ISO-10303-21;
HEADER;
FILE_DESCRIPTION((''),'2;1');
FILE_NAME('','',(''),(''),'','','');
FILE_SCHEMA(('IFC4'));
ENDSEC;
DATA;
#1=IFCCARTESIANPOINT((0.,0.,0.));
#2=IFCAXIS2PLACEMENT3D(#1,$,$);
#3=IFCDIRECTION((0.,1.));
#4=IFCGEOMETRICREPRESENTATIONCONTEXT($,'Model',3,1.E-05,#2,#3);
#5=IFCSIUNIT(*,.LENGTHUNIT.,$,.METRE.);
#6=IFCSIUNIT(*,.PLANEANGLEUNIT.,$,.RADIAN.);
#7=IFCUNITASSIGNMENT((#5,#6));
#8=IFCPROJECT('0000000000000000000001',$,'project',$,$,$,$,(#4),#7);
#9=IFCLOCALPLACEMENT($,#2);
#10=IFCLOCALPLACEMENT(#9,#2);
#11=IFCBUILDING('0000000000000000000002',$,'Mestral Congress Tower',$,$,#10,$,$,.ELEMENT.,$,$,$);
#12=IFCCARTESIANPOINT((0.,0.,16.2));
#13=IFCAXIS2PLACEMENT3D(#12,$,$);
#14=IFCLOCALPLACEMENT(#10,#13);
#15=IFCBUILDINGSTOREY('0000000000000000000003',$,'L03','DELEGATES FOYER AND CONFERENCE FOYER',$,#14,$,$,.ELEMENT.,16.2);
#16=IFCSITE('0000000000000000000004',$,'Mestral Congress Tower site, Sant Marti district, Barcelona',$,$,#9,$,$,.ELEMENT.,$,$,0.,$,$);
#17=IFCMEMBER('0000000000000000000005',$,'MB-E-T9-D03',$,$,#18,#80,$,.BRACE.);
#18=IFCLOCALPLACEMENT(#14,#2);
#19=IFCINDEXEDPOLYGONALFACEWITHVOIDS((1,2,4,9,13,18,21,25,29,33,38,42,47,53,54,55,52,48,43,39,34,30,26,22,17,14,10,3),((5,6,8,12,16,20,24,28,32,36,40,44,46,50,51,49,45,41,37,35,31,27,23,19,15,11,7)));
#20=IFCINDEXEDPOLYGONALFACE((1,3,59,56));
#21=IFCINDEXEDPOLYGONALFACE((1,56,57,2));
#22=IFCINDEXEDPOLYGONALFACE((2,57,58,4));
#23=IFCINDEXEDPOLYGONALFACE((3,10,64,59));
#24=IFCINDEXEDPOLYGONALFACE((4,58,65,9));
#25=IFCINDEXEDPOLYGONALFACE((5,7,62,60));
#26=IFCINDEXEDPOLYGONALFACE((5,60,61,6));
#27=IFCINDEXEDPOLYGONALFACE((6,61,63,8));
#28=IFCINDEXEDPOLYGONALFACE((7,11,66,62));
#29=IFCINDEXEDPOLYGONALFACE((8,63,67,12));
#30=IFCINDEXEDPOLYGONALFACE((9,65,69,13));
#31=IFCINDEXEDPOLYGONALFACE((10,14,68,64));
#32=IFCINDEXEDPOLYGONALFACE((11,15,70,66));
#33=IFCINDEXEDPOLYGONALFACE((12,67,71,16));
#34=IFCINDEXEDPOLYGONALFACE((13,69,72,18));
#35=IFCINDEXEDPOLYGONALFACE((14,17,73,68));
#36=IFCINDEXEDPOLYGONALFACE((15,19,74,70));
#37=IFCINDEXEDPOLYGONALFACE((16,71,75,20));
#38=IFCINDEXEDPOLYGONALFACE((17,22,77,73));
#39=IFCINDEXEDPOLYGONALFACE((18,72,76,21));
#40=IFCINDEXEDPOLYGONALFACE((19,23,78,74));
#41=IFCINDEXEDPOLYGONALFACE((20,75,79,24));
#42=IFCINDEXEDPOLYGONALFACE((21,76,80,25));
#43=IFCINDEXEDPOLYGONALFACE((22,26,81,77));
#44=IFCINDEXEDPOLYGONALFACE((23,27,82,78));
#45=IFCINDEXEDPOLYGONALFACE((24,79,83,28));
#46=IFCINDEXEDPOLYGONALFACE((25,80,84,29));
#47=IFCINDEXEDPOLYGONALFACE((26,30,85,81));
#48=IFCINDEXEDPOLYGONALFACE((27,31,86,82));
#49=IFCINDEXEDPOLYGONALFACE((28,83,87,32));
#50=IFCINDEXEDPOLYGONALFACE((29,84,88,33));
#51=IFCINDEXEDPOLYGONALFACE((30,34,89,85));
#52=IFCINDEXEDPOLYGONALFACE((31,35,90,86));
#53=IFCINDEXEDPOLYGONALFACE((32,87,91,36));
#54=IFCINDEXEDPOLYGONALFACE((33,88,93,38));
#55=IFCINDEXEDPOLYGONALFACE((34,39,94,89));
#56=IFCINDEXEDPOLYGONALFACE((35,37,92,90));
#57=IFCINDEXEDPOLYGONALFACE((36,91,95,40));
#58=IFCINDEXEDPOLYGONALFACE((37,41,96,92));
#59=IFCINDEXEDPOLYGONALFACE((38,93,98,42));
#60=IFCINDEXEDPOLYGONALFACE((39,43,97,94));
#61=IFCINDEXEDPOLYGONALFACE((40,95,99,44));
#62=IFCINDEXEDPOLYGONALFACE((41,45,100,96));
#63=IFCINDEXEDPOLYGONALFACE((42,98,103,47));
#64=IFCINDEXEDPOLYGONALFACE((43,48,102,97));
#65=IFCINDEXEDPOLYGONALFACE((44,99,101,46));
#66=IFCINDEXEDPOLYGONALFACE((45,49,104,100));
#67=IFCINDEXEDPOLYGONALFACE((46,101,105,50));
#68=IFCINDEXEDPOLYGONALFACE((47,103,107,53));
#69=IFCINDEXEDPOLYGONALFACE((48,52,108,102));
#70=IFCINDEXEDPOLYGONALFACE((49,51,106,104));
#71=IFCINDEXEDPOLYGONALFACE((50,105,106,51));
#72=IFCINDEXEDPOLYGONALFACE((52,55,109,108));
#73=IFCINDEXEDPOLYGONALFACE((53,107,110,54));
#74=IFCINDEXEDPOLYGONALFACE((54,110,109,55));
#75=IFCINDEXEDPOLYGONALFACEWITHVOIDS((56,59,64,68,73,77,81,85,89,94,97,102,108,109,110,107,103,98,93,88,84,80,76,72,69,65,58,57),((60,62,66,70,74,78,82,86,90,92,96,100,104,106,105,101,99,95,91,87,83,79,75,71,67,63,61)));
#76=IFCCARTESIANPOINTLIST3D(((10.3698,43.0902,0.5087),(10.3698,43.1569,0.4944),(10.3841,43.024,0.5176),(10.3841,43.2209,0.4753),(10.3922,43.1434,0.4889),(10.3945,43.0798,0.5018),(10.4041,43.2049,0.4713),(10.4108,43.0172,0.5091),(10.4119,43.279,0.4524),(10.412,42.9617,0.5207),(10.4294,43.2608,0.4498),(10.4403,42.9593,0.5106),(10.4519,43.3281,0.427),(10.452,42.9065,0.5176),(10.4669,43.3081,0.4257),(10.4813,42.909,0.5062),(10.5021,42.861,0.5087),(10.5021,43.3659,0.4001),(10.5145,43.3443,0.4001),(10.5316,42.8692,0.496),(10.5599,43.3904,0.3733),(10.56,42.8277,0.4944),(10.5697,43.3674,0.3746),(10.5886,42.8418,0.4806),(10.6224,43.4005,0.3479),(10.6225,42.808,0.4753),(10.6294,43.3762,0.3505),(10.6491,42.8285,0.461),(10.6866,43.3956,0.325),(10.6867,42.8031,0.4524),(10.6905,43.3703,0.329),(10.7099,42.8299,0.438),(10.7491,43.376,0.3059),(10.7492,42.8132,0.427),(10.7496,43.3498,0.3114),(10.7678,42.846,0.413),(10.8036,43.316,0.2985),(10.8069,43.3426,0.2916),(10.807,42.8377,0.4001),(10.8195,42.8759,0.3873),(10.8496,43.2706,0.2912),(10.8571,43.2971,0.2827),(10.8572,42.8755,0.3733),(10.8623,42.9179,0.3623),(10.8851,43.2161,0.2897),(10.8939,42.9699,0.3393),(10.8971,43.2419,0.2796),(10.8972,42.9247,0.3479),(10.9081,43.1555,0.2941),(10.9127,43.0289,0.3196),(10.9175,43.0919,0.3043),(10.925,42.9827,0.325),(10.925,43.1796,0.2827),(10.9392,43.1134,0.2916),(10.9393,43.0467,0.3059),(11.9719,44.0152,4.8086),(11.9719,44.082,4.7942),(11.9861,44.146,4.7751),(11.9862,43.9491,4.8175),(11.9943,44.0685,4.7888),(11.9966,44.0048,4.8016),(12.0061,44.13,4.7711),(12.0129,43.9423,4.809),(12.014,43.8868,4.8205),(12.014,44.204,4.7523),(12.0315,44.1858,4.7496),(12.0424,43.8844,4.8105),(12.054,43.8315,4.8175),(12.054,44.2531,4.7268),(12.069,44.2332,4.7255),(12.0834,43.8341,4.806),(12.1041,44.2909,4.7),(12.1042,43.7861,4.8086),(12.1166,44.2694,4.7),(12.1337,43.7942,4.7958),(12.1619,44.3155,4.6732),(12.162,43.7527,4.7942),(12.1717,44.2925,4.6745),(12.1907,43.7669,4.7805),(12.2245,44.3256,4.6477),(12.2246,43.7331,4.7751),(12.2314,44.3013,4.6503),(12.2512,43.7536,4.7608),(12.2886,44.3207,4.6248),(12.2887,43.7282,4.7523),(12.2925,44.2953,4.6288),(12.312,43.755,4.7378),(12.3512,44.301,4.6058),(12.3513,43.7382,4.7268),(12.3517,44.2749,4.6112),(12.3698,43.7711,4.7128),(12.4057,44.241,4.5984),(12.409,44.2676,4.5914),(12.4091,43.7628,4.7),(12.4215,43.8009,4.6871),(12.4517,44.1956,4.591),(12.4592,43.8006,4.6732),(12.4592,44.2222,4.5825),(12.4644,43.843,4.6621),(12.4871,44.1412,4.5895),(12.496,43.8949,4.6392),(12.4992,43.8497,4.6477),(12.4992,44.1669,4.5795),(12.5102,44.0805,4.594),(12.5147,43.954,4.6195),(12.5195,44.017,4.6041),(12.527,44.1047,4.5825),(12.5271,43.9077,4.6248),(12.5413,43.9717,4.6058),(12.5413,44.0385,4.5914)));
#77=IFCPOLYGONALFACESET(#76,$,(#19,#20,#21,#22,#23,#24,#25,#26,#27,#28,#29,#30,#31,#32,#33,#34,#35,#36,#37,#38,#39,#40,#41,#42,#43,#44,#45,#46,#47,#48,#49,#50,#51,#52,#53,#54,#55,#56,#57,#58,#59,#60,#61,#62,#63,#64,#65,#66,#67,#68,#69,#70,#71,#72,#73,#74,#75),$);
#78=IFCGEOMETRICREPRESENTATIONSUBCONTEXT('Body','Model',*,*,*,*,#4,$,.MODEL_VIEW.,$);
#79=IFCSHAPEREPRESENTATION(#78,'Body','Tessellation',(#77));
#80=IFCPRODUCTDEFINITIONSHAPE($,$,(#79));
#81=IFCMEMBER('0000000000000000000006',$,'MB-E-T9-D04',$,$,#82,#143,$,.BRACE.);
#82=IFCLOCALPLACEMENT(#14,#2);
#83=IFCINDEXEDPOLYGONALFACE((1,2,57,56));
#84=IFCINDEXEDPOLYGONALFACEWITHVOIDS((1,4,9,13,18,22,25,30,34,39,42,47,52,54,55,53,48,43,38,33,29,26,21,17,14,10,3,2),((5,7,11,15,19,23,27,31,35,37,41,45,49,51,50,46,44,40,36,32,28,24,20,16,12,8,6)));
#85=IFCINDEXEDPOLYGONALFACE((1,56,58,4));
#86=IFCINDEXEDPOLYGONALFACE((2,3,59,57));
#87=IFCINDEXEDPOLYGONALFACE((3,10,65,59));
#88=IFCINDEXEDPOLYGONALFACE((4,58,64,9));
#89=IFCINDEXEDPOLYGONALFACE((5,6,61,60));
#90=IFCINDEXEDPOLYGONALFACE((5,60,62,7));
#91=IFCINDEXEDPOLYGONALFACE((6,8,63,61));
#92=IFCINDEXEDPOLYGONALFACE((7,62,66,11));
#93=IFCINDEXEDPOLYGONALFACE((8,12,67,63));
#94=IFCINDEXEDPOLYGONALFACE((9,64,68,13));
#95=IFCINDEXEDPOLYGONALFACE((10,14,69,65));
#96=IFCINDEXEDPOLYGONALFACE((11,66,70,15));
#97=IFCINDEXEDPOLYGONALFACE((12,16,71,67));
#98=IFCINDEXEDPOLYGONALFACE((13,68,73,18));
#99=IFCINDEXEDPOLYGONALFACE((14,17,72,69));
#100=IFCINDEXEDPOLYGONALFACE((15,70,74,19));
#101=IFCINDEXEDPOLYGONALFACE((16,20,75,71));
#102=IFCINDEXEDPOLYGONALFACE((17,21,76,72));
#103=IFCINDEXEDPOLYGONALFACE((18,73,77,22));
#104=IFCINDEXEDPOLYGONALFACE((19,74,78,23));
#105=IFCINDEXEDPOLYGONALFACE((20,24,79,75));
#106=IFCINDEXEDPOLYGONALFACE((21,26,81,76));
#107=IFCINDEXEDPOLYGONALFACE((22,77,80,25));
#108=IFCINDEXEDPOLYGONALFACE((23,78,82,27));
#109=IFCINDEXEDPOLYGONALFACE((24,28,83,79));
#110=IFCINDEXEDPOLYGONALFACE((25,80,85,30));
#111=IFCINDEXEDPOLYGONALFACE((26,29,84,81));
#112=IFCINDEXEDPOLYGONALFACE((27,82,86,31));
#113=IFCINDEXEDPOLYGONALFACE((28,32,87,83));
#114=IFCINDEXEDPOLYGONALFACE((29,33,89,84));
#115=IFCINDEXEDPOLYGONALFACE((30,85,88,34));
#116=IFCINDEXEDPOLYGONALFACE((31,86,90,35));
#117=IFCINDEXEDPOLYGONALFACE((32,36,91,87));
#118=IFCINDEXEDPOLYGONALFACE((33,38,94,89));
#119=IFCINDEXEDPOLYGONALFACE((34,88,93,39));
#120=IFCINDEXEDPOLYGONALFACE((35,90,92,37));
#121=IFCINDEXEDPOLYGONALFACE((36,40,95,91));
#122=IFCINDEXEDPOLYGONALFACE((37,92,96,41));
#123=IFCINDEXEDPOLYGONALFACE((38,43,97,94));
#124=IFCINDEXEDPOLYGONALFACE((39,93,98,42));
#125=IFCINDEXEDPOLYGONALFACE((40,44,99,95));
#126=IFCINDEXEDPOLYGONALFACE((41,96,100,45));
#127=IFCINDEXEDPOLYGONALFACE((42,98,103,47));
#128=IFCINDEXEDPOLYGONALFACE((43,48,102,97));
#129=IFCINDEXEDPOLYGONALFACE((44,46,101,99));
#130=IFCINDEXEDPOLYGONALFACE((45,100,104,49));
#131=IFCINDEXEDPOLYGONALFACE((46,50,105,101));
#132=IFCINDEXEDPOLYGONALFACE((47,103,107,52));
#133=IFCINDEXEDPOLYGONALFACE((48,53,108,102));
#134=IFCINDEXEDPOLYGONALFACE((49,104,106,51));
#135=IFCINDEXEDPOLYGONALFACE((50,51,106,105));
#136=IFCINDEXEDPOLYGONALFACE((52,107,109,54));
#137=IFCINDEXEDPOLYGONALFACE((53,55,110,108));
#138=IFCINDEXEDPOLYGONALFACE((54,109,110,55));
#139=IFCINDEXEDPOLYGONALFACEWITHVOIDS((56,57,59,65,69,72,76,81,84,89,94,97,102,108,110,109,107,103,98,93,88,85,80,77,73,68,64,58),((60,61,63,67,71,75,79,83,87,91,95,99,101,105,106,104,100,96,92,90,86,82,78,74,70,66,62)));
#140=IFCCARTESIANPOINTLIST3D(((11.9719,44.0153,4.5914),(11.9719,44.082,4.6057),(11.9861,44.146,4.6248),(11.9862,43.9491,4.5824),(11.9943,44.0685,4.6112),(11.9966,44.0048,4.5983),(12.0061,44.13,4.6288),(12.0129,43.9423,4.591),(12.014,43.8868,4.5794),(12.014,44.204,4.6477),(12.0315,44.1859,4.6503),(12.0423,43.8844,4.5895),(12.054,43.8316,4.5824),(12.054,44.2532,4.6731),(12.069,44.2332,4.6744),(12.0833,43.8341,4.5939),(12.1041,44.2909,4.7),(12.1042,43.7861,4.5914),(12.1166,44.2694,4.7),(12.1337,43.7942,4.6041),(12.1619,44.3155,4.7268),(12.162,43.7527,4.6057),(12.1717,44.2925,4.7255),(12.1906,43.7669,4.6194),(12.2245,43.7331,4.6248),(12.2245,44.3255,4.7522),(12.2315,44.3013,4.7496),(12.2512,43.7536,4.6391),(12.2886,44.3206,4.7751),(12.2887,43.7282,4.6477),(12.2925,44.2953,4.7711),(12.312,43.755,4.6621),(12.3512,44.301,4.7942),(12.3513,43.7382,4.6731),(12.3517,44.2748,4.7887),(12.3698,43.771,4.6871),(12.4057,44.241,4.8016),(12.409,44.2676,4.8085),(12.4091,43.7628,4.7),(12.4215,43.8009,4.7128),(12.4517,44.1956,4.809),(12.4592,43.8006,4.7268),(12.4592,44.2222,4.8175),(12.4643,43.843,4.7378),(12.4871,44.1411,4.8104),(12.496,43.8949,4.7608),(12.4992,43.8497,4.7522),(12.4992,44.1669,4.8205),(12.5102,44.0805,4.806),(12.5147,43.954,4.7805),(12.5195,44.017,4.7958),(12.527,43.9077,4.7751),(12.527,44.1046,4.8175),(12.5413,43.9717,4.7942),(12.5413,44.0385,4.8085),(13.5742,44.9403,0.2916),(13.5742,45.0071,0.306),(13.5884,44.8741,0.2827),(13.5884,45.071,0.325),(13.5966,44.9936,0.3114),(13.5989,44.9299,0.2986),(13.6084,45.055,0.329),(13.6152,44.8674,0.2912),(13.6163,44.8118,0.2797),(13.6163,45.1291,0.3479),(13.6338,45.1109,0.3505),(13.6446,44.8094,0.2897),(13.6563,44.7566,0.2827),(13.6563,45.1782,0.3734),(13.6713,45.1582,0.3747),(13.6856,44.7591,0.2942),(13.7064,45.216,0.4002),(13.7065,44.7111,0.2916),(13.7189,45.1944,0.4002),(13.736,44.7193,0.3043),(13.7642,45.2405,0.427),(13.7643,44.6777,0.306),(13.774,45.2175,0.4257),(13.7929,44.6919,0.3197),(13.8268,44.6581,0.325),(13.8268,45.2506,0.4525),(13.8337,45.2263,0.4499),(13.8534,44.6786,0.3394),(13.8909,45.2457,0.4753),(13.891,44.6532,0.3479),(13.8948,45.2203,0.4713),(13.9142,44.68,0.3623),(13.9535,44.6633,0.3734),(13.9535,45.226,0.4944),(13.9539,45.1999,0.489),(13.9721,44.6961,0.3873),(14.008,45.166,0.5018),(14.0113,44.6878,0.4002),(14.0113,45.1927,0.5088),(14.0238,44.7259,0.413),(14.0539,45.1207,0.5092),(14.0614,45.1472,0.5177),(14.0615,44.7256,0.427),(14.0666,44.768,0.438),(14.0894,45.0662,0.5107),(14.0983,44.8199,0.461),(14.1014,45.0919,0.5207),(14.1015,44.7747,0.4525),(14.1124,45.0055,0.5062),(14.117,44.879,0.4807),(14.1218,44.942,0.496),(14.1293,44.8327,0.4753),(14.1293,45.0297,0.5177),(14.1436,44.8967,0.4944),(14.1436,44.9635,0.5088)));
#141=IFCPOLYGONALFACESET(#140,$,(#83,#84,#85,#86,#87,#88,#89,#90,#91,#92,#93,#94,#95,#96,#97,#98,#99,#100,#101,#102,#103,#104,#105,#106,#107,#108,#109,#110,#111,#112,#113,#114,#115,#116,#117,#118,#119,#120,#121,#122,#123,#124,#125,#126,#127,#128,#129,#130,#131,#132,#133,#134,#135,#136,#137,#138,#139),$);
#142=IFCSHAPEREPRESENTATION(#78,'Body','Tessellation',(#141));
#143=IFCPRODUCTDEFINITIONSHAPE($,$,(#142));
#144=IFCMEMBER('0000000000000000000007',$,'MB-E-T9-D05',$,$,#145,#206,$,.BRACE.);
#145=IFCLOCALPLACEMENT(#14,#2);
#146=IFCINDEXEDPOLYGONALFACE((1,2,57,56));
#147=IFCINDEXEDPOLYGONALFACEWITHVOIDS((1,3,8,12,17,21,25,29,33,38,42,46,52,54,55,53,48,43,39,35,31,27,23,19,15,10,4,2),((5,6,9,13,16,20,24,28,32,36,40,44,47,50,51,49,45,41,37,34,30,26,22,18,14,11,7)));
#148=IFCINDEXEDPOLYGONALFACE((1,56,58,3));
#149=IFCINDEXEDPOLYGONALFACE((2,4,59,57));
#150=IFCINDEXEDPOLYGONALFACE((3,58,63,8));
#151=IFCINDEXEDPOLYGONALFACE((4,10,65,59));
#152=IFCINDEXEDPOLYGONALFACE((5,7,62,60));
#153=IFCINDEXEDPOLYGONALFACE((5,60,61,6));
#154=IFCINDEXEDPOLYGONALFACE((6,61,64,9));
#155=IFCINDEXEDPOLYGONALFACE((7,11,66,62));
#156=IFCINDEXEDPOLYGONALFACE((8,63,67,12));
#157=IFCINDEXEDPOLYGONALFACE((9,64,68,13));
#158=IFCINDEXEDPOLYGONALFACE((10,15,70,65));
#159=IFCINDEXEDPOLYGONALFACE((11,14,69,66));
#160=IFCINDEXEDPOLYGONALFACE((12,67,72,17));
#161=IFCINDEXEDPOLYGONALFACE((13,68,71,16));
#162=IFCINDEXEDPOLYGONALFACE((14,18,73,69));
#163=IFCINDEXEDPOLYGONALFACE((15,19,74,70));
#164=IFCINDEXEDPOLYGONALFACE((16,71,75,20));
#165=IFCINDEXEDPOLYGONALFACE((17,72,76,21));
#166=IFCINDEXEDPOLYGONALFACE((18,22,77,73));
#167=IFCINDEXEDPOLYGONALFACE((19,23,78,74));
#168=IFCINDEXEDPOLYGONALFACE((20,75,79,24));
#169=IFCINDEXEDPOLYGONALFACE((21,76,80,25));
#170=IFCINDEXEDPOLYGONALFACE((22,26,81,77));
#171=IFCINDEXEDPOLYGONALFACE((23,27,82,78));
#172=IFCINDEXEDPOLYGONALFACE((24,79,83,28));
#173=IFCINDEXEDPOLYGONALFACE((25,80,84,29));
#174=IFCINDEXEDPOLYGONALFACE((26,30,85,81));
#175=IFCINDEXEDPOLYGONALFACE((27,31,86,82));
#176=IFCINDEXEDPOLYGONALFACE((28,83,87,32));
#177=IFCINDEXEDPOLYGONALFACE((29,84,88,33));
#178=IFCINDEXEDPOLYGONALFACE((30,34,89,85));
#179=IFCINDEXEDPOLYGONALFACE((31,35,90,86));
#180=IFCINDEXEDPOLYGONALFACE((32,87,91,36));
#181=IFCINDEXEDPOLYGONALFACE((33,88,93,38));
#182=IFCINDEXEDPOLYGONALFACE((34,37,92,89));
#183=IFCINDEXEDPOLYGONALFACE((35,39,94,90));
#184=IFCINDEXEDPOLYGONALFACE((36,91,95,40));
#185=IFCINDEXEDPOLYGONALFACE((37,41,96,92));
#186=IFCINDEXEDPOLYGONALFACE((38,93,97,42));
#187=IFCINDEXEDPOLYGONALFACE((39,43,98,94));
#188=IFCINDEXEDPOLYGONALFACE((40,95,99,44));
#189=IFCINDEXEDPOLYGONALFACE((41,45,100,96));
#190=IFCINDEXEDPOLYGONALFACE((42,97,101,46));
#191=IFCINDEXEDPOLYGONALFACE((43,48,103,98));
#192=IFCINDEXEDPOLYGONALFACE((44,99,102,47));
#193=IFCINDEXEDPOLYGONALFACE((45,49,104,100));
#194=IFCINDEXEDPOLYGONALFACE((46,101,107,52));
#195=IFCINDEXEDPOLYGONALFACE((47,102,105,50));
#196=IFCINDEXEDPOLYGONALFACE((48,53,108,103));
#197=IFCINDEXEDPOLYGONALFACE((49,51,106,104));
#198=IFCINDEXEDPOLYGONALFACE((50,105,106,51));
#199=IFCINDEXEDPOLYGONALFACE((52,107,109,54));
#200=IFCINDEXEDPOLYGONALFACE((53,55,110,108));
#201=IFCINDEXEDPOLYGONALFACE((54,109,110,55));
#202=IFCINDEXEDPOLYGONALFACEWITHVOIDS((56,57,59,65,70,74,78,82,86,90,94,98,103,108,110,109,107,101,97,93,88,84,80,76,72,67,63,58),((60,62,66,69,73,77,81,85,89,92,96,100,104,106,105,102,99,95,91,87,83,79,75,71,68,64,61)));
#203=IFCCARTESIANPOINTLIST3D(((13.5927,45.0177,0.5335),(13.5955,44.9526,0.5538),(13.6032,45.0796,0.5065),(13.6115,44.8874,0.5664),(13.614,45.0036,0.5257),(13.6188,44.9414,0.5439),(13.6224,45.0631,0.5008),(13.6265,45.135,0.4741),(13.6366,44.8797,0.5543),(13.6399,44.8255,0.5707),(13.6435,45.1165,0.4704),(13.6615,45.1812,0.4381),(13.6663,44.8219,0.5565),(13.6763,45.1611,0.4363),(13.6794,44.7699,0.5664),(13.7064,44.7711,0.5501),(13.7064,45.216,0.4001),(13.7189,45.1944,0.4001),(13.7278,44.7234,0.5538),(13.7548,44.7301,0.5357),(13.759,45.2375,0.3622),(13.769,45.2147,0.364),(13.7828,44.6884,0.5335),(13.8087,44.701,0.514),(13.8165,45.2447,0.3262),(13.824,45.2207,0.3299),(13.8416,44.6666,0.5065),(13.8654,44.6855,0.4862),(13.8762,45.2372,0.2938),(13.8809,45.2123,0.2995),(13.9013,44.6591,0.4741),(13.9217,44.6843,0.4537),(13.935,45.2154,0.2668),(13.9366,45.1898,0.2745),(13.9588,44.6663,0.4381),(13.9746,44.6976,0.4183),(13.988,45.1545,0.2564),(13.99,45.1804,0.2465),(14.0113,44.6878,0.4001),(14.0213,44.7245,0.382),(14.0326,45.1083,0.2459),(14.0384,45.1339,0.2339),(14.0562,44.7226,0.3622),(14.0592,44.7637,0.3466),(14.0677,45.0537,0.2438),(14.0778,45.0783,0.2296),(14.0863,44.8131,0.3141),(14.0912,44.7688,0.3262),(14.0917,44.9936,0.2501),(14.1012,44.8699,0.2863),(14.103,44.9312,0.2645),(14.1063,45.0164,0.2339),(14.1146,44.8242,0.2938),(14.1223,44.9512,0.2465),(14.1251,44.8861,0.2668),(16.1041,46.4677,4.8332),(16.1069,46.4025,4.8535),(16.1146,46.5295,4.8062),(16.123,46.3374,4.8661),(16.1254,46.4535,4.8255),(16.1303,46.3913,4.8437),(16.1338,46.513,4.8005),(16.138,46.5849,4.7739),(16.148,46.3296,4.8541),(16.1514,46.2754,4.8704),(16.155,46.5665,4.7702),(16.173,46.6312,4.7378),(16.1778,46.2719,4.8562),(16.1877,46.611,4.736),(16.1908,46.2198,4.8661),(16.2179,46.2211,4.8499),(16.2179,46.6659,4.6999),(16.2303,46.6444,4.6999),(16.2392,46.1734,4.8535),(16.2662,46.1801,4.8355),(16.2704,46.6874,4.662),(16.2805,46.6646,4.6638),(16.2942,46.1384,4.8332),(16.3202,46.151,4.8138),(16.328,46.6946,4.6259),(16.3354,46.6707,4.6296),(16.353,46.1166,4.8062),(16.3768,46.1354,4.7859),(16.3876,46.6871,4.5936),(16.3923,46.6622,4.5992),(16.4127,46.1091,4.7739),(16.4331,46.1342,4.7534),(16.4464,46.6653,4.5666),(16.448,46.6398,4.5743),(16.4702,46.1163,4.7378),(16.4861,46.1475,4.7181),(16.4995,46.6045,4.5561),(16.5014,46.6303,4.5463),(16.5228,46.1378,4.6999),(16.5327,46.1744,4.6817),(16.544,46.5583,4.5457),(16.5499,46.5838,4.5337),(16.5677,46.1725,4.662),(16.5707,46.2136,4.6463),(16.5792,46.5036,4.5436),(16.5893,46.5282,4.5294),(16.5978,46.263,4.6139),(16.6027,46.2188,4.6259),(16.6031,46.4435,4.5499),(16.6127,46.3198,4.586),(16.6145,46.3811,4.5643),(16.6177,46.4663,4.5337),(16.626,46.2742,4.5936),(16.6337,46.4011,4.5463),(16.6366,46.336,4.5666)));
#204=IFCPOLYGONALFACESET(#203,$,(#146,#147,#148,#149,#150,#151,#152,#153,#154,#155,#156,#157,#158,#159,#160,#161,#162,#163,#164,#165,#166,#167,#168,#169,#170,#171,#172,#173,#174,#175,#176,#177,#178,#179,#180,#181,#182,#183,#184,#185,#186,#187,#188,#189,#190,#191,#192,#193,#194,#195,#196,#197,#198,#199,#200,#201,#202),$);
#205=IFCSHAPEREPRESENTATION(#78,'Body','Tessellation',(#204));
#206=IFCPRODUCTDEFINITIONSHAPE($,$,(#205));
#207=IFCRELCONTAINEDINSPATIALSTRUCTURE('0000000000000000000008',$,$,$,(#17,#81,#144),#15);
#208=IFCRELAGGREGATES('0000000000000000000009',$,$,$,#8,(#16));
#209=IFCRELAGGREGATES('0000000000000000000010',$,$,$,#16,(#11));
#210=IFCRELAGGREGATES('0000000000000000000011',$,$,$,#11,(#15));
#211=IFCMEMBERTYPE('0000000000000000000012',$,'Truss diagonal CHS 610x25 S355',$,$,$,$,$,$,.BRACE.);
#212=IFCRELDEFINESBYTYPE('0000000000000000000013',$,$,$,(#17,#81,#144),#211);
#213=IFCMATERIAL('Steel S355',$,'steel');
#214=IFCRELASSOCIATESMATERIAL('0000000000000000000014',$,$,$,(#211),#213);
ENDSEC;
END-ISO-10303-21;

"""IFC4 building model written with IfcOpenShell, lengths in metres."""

from ifc_helpers import new_model, si_unit, direction, frame, origin, origin_2d, place, context, subcontext, project, spatial, hollow_circle, extrude, material, material_profile, profile_set, type_object, element, save


model = new_model("IFC4")

# Units and contexts
model_context = context("Model", 3, precision=1e-05, world=origin(), true_north=direction((0.0, 1.0)))
body_context = subcontext(model_context, "Body", "Model", "MODEL_VIEW")
ifc_project = project(units=[si_unit("LENGTHUNIT", "METRE"), si_unit("PLANEANGLEUNIT", "RADIAN")], contexts=[model_context])

# Site, building, storey
site_placement = place(None, origin())
site = spatial("IfcSite", under=ifc_project, at=site_placement, Name="Mestral Congress Tower site, Sant Marti district, Barcelona", CompositionType="ELEMENT", RefElevation=0.0)
building_placement = place(site_placement, origin())
building = spatial("IfcBuilding", under=site, at=building_placement, Name="Mestral Congress Tower", CompositionType="ELEMENT")
storey_placement = place(building_placement, frame((0.0, 0.0, 16.2)))
storey = spatial("IfcBuildingStorey", under=building, at=storey_placement, Name="L03", Description="DELEGATES FOYER AND CONFERENCE FOYER", CompositionType="ELEMENT", Elevation=16.2)

# Shared definitions
ifc_material_1 = material(Name="Steel S355", Category="steel")

# Members
ifc_material_profile_1 = material_profile(ifc_material_1, hollow_circle(Radius=0.3049, WallThickness=0.0249, at=origin_2d()), Name="CHS 610x25")
ifc_profile_set_1 = profile_set([ifc_material_profile_1], Name="Steel S355")
member_type_1 = type_object("IfcMemberType", Name="Truss diagonal CHS 610x25 S355", PredefinedType="BRACE", material=ifc_profile_set_1)
for number, where, z_axis, x_axis, name in (
    (1, (10.6545, 43.1018, 0.4001), (0.342254, 0.197623, 0.91859), (-0.500042, 0.866001, 0.0), "MB-E-T9-D03"),
    (2, (12.2566, 44.0269, 4.7), (0.342301, 0.197619, -0.918573), (-0.499985, 0.866034, 0.0), "MB-E-T9-D04"),
):
    element("IfcMember", number, at=place(storey_placement, frame(where, z_axis=z_axis, x_axis=x_axis)), inside=storey, type_object=member_type_1, Name=name, PredefinedType="BRACE", context=body_context, shape_type="SweptSolid", body=[
        extrude(hollow_circle(Radius=0.3049, WallThickness=0.0249, at=origin_2d()), origin(), (0.0, 0.0, 1.0), 4.6809),
    ])
member_1_placement = place(storey_placement, frame((13.8589, 44.9519, 0.4001), z_axis=(0.484247, 0.279571, 0.829062), x_axis=(-0.499987, 0.866033, 0.0)))
element("IfcMember", 3, at=member_1_placement, inside=storey, type_object=member_type_1, Name="MB-E-T9-D05", PredefinedType="BRACE", context=body_context, shape_type="SweptSolid", body=[
    extrude(hollow_circle(Radius=0.3049, WallThickness=0.0249, at=origin_2d()), origin(), (0.0, 0.0, 1.0), 5.1863),
])

save(model, "model.ifc")
